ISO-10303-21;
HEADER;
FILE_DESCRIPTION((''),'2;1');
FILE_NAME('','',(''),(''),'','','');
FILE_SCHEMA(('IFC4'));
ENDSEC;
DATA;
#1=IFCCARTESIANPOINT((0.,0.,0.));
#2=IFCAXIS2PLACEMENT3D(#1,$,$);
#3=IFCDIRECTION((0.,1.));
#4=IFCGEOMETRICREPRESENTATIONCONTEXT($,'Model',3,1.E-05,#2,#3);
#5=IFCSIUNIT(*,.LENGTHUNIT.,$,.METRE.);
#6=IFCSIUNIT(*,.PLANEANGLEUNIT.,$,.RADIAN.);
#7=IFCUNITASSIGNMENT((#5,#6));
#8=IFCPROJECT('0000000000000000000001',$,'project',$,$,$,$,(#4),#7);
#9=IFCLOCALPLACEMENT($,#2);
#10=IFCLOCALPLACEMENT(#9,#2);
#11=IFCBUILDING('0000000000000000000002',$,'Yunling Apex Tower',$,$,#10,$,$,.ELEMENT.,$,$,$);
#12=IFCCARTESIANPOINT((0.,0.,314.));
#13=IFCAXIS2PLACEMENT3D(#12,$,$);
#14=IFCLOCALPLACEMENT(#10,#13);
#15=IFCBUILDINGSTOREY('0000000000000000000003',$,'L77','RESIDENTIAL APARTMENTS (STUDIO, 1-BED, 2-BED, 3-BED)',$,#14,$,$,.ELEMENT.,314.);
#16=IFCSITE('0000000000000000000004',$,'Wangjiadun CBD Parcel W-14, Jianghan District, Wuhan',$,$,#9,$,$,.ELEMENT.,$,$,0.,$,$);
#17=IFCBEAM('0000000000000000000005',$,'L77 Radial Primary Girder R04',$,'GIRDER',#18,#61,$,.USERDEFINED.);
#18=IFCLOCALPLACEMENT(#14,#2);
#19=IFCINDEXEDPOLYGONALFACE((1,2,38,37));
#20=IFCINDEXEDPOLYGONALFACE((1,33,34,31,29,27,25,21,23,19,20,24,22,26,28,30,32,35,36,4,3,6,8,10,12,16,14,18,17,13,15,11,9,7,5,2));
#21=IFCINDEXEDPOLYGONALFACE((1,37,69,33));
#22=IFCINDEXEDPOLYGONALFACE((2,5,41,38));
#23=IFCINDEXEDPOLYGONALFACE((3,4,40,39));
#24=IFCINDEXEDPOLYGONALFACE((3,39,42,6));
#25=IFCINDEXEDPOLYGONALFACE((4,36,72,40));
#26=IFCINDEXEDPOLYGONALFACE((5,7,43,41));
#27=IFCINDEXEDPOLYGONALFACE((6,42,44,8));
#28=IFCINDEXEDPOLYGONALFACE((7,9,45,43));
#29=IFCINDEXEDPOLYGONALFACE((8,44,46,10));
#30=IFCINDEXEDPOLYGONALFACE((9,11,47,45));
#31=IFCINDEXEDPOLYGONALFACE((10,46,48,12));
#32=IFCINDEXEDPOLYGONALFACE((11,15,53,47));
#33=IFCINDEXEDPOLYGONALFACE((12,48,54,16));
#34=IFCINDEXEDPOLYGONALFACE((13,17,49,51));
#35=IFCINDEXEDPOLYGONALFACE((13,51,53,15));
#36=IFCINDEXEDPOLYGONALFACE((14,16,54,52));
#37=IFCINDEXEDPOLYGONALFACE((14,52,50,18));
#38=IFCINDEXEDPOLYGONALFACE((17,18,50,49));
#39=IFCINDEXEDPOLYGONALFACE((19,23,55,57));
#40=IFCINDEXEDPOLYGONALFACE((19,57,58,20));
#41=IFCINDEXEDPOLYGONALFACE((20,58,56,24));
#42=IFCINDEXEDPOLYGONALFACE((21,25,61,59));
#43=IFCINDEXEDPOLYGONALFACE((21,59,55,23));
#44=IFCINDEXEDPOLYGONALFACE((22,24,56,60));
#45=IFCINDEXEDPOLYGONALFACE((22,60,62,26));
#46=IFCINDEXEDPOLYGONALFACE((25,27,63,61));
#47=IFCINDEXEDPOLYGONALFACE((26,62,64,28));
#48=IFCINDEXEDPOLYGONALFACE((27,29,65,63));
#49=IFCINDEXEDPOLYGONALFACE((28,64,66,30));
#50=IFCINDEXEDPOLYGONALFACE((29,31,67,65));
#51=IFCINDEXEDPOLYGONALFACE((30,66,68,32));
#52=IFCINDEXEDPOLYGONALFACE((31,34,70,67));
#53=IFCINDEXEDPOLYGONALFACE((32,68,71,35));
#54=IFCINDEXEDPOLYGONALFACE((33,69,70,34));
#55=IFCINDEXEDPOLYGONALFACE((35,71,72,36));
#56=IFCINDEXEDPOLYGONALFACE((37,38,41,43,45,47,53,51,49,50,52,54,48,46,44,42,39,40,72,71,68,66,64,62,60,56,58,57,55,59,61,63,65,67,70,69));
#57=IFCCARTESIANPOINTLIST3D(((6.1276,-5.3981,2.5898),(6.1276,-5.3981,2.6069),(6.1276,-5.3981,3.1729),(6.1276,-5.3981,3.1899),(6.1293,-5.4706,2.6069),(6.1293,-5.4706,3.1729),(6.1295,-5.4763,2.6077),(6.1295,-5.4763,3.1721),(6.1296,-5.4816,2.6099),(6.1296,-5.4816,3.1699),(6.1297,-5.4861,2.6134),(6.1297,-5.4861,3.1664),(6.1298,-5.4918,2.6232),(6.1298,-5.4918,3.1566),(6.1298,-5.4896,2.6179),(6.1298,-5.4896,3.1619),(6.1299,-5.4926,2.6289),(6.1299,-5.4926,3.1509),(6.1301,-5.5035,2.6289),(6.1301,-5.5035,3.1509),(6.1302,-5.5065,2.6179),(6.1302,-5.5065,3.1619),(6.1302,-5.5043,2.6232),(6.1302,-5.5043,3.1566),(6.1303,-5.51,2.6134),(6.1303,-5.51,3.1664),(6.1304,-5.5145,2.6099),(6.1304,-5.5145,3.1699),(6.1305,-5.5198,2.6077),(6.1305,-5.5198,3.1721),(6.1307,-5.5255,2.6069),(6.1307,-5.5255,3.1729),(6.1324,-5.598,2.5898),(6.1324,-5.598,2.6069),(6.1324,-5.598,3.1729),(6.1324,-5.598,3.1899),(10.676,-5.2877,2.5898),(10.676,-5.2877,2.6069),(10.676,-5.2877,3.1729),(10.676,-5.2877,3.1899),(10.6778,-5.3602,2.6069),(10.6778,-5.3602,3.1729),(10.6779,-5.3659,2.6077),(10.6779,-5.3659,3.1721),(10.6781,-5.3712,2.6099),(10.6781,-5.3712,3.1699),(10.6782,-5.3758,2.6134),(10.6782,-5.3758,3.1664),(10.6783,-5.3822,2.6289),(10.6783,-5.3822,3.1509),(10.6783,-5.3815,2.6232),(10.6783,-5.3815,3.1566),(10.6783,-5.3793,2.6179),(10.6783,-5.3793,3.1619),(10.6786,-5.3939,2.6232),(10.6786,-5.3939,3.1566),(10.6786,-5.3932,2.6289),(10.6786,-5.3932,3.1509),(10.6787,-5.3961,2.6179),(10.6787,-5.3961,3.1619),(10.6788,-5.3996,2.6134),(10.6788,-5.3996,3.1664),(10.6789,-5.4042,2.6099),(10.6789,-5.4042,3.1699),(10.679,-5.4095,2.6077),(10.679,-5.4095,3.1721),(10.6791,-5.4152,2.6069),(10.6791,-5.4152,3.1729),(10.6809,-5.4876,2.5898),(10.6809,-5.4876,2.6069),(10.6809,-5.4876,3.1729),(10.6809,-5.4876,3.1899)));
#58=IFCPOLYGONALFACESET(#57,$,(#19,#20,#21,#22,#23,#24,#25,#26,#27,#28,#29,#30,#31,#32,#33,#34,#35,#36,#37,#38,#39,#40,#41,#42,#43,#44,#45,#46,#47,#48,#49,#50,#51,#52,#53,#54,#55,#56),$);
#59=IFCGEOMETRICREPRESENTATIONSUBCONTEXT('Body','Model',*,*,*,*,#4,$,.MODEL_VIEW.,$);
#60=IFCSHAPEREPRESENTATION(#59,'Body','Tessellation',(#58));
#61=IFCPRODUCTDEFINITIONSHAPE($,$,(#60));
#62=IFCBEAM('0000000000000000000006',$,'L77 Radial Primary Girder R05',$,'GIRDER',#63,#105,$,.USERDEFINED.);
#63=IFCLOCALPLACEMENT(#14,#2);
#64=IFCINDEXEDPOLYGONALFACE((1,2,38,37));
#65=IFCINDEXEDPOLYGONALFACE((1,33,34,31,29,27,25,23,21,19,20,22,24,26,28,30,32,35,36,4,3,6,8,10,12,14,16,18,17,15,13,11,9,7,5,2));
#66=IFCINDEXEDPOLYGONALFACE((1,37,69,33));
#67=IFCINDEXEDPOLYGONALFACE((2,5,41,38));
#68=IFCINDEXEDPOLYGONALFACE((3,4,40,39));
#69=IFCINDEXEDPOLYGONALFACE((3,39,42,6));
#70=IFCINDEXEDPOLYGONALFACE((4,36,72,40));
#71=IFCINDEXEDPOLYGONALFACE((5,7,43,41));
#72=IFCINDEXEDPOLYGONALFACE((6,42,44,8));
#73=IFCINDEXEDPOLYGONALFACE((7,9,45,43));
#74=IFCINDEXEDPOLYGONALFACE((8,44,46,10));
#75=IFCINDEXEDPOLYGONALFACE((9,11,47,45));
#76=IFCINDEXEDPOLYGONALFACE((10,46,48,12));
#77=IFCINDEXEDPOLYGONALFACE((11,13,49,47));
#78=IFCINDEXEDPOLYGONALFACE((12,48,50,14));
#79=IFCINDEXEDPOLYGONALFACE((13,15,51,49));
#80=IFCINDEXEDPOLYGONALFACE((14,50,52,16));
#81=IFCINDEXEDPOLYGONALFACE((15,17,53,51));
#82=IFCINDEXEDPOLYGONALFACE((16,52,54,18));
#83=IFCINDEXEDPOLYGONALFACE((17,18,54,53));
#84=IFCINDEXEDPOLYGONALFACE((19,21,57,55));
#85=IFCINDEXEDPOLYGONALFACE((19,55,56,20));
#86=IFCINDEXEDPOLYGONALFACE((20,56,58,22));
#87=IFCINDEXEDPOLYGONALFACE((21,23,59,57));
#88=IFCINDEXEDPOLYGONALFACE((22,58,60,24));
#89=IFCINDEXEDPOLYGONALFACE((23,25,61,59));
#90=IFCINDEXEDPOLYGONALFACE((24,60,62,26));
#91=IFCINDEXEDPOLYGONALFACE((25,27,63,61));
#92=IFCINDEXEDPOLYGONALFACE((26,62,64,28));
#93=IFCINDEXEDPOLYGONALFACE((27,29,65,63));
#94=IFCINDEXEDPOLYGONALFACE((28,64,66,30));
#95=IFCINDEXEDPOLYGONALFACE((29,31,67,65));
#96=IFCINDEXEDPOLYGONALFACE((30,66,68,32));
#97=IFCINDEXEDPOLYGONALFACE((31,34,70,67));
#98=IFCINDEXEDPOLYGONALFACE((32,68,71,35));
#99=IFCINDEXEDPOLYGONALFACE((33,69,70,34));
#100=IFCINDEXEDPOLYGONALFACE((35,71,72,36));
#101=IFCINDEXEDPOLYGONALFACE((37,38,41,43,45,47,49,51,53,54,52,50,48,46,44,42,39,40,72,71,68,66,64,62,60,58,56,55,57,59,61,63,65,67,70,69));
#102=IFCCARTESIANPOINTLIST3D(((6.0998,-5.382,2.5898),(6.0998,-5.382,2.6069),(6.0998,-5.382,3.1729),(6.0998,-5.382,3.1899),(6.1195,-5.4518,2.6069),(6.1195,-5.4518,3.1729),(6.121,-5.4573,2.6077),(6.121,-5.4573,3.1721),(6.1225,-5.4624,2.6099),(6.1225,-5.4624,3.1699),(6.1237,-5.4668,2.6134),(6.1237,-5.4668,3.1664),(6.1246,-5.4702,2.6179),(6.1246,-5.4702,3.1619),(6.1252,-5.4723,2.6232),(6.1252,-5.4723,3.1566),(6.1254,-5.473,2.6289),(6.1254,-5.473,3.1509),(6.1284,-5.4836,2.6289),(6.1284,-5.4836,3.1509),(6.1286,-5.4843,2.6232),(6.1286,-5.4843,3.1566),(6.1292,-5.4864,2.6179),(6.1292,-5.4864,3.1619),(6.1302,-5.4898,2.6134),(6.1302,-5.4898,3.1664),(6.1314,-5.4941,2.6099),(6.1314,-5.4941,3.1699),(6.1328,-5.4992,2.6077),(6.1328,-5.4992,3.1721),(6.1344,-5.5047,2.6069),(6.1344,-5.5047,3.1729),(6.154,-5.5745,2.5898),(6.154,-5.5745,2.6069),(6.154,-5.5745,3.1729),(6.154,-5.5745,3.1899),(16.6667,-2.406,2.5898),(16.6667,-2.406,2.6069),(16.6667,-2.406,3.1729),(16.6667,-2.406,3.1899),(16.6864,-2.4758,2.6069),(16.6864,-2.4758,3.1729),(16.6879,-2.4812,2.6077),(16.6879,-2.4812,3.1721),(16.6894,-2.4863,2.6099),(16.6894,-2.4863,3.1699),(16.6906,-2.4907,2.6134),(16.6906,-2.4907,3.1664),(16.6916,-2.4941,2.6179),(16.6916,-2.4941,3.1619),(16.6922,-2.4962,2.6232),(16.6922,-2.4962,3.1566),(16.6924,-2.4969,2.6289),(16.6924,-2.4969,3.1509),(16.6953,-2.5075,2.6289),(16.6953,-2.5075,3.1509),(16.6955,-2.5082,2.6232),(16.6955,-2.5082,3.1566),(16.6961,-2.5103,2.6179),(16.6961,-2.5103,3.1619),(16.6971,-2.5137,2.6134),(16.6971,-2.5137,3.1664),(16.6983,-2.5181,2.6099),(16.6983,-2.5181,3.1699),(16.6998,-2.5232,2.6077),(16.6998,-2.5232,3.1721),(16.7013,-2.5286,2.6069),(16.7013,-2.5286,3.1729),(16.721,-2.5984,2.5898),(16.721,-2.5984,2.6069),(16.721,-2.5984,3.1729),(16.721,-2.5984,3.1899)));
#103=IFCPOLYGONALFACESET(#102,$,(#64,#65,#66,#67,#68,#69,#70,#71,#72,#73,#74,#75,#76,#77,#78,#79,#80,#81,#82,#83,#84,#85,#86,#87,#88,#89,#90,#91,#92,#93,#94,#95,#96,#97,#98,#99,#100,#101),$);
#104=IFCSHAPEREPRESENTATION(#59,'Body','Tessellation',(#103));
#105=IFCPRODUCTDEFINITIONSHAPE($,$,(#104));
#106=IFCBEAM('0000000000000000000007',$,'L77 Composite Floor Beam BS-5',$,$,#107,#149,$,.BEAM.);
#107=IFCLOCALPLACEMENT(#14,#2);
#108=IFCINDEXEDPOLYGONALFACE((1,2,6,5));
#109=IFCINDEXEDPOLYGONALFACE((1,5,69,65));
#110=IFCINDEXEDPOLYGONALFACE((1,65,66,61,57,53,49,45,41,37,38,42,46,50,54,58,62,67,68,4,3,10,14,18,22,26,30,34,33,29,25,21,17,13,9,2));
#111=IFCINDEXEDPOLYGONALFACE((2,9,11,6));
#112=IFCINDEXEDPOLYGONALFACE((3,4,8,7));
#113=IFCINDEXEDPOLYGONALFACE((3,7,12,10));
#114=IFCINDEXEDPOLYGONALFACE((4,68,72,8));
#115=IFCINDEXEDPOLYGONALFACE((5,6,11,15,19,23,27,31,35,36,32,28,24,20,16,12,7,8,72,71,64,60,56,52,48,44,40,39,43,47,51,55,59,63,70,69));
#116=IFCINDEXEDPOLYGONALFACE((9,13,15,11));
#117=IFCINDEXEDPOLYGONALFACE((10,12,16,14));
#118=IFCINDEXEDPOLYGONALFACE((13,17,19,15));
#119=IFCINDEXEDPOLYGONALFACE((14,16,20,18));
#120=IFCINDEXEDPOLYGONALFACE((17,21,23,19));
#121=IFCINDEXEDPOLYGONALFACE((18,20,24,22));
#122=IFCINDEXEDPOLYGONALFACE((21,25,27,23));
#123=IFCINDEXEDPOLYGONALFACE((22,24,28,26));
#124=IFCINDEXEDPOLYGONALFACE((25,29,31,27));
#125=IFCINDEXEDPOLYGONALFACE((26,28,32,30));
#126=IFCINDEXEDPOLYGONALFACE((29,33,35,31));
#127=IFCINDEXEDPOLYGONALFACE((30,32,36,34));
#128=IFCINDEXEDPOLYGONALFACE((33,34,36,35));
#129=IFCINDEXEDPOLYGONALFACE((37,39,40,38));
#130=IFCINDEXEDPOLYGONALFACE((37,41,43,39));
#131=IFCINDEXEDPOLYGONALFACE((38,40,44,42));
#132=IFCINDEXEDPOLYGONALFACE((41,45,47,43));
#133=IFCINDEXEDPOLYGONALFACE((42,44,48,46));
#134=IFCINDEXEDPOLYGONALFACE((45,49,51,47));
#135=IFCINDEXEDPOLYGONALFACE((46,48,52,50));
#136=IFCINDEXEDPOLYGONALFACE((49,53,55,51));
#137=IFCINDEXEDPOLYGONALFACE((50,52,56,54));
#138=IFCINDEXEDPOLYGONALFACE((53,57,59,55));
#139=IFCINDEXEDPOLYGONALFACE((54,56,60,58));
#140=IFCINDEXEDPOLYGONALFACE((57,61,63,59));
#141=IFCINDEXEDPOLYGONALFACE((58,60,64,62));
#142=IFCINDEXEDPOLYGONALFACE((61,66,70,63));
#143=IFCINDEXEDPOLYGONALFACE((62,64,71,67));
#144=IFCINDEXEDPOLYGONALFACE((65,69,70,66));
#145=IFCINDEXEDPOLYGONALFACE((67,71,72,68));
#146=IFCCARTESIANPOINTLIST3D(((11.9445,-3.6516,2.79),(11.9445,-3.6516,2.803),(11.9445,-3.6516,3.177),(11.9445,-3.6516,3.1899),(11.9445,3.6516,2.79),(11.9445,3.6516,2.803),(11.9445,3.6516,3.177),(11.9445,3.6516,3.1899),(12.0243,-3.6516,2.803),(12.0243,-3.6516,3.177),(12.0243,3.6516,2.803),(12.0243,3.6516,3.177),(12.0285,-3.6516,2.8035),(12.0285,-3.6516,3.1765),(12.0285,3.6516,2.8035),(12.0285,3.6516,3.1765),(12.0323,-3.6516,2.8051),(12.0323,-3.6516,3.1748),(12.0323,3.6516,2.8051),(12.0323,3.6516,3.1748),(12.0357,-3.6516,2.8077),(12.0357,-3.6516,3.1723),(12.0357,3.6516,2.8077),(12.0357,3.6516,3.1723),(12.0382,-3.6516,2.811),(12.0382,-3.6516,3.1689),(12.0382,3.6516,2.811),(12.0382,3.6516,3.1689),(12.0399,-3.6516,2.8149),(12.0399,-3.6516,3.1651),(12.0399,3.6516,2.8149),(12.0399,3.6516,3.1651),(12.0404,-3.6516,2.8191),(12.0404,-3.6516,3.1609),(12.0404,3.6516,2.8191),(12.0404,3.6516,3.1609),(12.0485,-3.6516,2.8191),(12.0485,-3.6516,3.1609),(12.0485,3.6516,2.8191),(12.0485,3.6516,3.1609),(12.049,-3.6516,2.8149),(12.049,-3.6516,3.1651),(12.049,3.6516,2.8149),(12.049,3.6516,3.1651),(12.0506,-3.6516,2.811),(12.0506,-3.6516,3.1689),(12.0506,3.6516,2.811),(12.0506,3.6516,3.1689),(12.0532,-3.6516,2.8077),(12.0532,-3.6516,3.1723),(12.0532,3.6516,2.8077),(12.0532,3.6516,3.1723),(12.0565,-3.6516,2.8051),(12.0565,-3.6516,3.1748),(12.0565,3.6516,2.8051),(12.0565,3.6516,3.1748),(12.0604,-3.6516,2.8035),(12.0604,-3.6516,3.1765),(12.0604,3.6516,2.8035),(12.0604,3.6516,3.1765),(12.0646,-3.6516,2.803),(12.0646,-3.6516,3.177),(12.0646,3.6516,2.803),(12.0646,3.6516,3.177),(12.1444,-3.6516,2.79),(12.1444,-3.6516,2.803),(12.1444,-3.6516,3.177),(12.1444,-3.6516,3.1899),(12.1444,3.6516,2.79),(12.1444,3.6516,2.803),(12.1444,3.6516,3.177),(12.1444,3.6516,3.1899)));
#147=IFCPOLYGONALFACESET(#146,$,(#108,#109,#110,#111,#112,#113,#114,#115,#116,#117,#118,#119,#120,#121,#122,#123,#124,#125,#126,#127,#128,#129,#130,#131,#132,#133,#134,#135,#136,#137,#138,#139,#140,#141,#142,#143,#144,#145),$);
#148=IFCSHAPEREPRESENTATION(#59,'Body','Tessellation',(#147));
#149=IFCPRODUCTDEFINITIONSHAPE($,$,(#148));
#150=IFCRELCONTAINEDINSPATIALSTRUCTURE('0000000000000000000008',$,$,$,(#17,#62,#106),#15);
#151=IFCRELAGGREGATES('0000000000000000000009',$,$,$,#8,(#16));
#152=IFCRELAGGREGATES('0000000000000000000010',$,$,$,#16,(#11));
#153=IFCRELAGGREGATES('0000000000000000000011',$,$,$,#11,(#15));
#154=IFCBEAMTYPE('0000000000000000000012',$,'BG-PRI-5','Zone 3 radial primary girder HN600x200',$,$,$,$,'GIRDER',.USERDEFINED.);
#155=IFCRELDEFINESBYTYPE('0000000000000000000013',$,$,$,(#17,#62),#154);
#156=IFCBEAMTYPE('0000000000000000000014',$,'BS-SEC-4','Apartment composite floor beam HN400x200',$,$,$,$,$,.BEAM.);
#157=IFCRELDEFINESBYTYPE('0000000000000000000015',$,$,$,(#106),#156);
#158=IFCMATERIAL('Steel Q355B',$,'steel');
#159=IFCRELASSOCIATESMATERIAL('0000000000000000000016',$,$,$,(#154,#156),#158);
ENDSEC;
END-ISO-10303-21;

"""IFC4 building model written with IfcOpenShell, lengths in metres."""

from ifc_helpers import new_model, si_unit, direction, frame, origin, origin_2d, place, context, subcontext, project, spatial, i_section, extrude, source, transform, mapped, material, material_profile, profile_set, type_object, element, save


model = new_model("IFC4")

# Units and contexts
model_context = context("Model", 3, precision=1e-05, world=origin(), true_north=direction((0.0, 1.0)))
body_context = subcontext(model_context, "Body", "Model", "MODEL_VIEW")
ifc_project = project(units=[si_unit("LENGTHUNIT", "METRE"), si_unit("PLANEANGLEUNIT", "RADIAN")], contexts=[model_context])

# Site, building, storey
site_placement = place(None, origin())
site = spatial("IfcSite", under=ifc_project, at=site_placement, Name="Wangjiadun CBD Parcel W-14, Jianghan District, Wuhan", CompositionType="ELEMENT", RefElevation=0.0)
building_placement = place(site_placement, origin())
building = spatial("IfcBuilding", under=site, at=building_placement, Name="Yunling Apex Tower", CompositionType="ELEMENT")
storey_placement = place(building_placement, frame((0.0, 0.0, 314.0)))
storey = spatial("IfcBuildingStorey", under=building, at=storey_placement, Name="L77", Description="RESIDENTIAL APARTMENTS (STUDIO, 1-BED, 2-BED, 3-BED)", CompositionType="ELEMENT", Elevation=314.0)

# Shared definitions
ifc_material_1 = material(Name="Steel Q355B", Category="steel")

# Beams
ifc_material_profile_1 = material_profile(ifc_material_1, i_section(OverallWidth=0.2, OverallDepth=0.6001, WebThickness=0.011, FlangeThickness=0.0171, FilletRadius=0.022, at=origin_2d()))
ifc_profile_set_1 = profile_set([ifc_material_profile_1], Name="Steel Q355B")
beam_type_1 = type_object("IfcBeamType", Name="BG-PRI-5", Description="Zone 3 radial primary girder HN600x200", ElementType="GIRDER", PredefinedType="USERDEFINED", material=ifc_profile_set_1)
shared_shape_1 = source(origin(), body_context, "Body", "SweptSolid", [
    extrude(i_section(OverallWidth=0.2, OverallDepth=0.6001, WebThickness=0.011, FlangeThickness=0.0171, FilletRadius=0.022, at=origin_2d()), origin(), (0.0, 0.0, 1.0), 4.5498),
])
beam_1_placement = place(storey_placement, frame((10.6785, -5.3877, 2.8899), z_axis=(-0.999706, -0.024254, 0.0), x_axis=(0.024254, -0.999706, 0.0)))
element("IfcBeam", 1, at=beam_1_placement, inside=storey, type_object=beam_type_1, Name="L77 Radial Primary Girder R04", ObjectType="GIRDER", PredefinedType="USERDEFINED", context=body_context, shape_type="MappedRepresentation", body=[
    mapped(shared_shape_1, transform((0.0, 0.0, 0.0), scale=1.0)),
])
shared_shape_2 = source(origin(), body_context, "Body", "SweptSolid", [
    extrude(i_section(OverallWidth=0.2, OverallDepth=0.6001, WebThickness=0.011, FlangeThickness=0.0171, FilletRadius=0.022, at=origin_2d()), origin(), (0.0, 0.0, 1.0), 10.978),
])
beam_2_placement = place(storey_placement, frame((16.6938, -2.5022, 2.8899), z_axis=(-0.962553, -0.271095, 0.0), x_axis=(0.271095, -0.962553, 0.0)))
element("IfcBeam", 2, at=beam_2_placement, inside=storey, type_object=beam_type_1, Name="L77 Radial Primary Girder R05", ObjectType="GIRDER", PredefinedType="USERDEFINED", context=body_context, shape_type="MappedRepresentation", body=[
    mapped(shared_shape_2, transform((0.0, 0.0, 0.0), scale=1.0)),
])
ifc_material_profile_2 = material_profile(ifc_material_1, i_section(OverallWidth=0.2, OverallDepth=0.3999, WebThickness=0.0081, FlangeThickness=0.0129, FilletRadius=0.0161, at=origin_2d()))
ifc_profile_set_2 = profile_set([ifc_material_profile_2], Name="Steel Q355B")
beam_type_2 = type_object("IfcBeamType", Name="BS-SEC-4", Description="Apartment composite floor beam HN400x200", PredefinedType="BEAM", material=ifc_profile_set_2)
shared_shape_3 = source(origin(), body_context, "Body", "SweptSolid", [
    extrude(i_section(OverallWidth=0.2, OverallDepth=0.3999, WebThickness=0.0081, FlangeThickness=0.0129, FilletRadius=0.0161, at=origin_2d()), origin(), (0.0, 0.0, 1.0), 7.3032),
])
beam_3_placement = place(storey_placement, frame((12.0444, -3.6516, 2.99), z_axis=(0.0, 1.0, 0.0), x_axis=(-1.0, 0.0, 0.0)))
element("IfcBeam", 3, at=beam_3_placement, inside=storey, type_object=beam_type_2, Name="L77 Composite Floor Beam BS-5", PredefinedType="BEAM", context=body_context, shape_type="MappedRepresentation", body=[
    mapped(shared_shape_3, transform((0.0, 0.0, 0.0), scale=1.0)),
])

save(model, "model.ifc")
